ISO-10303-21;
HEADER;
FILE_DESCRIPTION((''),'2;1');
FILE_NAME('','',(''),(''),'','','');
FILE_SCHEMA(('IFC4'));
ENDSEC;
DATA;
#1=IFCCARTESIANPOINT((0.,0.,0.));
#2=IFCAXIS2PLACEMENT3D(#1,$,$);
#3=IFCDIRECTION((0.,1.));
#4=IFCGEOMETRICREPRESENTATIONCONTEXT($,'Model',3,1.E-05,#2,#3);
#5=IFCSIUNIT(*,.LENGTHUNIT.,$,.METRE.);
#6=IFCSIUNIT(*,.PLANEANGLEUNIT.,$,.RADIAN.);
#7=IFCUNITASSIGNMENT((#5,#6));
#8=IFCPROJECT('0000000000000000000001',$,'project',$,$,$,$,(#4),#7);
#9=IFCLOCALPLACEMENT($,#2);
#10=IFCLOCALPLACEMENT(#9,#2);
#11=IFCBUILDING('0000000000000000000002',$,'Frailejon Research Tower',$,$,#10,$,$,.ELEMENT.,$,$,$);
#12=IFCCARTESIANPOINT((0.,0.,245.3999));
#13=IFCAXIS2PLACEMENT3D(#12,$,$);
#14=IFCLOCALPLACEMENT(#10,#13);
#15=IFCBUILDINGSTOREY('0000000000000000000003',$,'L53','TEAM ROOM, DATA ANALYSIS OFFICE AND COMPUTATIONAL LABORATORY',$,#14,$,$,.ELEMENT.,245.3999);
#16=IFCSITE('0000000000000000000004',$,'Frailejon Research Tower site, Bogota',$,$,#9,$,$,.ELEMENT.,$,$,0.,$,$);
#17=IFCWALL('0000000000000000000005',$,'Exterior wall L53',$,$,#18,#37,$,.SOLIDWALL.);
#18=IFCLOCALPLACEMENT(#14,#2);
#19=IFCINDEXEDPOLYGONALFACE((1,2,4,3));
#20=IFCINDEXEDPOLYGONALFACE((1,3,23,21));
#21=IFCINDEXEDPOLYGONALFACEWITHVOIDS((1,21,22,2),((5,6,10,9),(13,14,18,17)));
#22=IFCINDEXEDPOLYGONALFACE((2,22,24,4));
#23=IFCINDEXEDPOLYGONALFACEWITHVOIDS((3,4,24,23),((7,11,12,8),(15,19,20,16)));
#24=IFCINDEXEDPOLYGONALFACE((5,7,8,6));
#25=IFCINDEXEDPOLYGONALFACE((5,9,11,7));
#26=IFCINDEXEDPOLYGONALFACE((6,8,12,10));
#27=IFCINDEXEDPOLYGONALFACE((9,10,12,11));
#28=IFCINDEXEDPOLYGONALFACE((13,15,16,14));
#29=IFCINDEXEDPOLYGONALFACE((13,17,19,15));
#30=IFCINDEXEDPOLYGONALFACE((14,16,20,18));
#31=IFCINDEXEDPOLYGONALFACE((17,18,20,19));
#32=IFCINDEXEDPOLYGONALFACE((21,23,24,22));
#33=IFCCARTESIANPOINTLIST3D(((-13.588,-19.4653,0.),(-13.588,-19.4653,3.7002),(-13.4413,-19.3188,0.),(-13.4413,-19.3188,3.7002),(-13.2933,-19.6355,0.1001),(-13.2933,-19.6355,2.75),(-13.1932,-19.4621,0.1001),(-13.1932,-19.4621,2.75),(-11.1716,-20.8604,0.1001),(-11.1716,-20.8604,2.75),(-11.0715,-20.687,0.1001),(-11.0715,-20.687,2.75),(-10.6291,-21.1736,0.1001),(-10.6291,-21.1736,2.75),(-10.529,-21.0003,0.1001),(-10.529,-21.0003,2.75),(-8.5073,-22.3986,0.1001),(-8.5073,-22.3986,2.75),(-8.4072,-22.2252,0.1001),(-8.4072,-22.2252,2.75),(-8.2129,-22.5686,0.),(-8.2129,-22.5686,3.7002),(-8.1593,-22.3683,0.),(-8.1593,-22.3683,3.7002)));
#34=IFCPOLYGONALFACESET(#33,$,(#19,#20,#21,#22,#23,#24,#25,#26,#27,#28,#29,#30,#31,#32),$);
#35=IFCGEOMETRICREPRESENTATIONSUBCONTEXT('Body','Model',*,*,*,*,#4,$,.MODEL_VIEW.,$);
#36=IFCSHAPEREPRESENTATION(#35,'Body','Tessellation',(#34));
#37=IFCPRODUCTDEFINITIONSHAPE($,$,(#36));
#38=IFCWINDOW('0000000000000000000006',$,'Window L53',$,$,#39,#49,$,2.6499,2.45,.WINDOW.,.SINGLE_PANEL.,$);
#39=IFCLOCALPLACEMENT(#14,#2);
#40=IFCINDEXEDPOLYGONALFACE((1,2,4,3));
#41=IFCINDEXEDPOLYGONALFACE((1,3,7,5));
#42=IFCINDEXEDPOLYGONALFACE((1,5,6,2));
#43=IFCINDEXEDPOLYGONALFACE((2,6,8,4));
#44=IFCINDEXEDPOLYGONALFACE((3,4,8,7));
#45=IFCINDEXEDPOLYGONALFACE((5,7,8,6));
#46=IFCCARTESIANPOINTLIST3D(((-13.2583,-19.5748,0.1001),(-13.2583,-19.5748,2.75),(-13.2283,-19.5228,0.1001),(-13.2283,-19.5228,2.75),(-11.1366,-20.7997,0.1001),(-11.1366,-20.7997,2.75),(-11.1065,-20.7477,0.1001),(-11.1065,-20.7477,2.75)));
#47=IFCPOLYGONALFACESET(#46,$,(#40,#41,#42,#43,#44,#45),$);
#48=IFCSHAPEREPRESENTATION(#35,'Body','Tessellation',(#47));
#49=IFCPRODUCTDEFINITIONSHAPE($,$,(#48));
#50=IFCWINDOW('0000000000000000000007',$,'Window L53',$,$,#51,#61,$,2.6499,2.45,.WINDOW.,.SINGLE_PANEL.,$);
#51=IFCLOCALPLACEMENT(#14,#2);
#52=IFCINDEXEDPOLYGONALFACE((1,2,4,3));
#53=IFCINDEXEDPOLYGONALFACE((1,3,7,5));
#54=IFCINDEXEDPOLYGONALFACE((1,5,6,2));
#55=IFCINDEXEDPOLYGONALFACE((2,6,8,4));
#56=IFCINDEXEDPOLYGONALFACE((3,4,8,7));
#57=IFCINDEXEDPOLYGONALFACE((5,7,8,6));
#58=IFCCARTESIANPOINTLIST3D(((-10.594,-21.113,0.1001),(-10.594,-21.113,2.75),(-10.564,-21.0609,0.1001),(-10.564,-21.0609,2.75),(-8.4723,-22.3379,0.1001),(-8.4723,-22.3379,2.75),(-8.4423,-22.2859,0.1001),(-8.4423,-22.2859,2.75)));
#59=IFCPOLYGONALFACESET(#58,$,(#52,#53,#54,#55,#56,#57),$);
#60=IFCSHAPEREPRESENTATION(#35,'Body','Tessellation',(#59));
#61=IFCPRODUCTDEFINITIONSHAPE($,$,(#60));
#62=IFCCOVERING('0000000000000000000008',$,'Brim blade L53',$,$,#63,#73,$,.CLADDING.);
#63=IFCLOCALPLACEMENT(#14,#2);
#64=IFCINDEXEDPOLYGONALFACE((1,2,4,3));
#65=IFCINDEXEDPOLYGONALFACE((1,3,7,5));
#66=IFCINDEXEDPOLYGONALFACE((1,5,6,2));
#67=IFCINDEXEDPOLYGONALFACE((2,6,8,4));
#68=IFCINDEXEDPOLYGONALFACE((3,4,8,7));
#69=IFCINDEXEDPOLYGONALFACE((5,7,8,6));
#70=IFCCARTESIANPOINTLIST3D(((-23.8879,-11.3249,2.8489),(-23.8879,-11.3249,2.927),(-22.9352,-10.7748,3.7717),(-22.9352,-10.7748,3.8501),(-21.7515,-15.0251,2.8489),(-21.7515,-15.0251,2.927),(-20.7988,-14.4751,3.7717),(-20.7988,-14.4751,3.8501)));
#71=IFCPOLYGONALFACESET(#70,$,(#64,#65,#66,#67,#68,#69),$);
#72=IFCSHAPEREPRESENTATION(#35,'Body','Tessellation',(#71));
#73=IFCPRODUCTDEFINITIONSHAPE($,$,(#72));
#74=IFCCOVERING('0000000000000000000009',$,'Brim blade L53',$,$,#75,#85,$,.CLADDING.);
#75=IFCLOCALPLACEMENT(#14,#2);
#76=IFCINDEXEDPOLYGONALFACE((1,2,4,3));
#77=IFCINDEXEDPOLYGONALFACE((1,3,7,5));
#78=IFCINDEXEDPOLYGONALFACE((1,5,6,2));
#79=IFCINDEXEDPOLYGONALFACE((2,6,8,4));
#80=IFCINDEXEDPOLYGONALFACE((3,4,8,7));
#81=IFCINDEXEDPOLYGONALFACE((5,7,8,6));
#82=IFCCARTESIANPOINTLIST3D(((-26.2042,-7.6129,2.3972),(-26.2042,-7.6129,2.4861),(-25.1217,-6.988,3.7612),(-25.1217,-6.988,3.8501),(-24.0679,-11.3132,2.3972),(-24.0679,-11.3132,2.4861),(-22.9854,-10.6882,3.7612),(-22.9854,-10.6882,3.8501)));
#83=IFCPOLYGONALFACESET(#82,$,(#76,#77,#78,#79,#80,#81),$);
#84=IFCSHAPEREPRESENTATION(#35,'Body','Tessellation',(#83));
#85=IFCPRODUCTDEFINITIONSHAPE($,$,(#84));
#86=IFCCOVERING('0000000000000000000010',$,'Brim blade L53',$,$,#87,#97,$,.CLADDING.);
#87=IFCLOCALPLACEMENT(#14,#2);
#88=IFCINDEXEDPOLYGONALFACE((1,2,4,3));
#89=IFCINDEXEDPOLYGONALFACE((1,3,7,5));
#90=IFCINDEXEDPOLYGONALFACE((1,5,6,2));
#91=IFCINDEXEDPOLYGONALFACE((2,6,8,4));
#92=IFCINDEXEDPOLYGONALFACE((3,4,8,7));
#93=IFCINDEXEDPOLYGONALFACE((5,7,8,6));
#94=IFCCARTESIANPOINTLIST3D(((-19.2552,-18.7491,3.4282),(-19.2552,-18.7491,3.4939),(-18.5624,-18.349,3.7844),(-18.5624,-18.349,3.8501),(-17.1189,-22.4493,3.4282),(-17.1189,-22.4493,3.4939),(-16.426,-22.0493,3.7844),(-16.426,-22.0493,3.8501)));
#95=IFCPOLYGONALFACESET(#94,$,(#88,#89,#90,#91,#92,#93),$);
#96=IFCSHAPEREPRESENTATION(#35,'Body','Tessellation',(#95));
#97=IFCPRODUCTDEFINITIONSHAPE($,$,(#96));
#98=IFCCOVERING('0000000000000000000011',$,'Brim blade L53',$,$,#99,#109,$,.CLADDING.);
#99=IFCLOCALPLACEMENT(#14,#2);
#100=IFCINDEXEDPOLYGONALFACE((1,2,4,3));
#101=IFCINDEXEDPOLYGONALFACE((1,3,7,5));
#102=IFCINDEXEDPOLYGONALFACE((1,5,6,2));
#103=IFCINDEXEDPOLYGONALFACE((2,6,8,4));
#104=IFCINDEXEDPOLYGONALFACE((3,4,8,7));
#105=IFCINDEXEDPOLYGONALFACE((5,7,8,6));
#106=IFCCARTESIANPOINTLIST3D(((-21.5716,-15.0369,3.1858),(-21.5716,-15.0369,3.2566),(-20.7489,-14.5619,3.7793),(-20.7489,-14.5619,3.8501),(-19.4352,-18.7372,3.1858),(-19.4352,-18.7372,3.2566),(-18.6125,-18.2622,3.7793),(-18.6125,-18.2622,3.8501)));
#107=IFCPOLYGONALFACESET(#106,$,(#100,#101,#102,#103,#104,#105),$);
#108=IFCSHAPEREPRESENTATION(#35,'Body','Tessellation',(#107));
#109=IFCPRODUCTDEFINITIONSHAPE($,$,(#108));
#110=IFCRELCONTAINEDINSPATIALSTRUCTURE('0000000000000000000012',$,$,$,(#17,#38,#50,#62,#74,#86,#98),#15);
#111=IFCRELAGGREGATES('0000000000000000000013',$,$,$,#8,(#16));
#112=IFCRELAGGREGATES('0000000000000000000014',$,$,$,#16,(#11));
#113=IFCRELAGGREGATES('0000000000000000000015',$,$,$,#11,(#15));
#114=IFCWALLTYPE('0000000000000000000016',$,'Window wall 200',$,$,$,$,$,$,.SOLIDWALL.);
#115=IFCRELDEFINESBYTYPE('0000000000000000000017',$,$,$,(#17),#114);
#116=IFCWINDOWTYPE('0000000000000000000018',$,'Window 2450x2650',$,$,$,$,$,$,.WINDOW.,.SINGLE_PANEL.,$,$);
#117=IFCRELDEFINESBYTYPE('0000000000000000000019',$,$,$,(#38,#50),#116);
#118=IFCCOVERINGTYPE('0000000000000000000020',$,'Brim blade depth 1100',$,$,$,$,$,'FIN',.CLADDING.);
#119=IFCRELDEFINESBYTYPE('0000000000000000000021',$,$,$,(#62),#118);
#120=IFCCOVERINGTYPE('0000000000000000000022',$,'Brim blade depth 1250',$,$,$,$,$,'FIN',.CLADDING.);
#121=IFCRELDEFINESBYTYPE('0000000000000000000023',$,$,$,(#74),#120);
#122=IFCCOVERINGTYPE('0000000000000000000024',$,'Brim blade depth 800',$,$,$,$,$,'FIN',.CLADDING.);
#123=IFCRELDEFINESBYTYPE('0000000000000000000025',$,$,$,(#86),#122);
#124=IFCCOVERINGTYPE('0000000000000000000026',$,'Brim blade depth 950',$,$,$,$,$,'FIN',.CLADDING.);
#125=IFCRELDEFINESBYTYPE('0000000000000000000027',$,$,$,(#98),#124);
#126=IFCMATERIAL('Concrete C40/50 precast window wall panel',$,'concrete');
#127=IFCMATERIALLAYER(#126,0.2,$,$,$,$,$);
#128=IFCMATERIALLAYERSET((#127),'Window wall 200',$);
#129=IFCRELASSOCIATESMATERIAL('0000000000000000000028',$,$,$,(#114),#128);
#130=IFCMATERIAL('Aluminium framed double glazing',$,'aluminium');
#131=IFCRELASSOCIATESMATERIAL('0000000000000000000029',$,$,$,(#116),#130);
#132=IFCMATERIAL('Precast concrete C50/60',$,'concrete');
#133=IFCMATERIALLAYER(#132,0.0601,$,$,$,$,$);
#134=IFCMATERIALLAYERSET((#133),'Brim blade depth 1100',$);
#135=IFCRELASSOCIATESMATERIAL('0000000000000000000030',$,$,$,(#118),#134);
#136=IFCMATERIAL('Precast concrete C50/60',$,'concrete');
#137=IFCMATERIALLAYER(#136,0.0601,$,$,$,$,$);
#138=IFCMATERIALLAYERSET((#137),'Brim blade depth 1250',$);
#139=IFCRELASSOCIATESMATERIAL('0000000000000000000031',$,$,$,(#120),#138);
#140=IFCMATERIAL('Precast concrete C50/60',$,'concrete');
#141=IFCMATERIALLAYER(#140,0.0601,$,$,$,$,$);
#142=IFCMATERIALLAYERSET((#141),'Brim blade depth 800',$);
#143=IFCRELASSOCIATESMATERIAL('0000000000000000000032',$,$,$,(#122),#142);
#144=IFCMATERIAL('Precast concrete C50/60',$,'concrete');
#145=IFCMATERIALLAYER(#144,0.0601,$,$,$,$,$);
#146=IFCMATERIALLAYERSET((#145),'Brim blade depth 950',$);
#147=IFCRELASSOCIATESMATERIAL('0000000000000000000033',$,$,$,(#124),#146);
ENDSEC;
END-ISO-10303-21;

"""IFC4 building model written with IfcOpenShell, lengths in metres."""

from ifc_helpers import new_model, si_unit, direction, frame, frame_2d, origin, place, context, subcontext, project, spatial, polyline, rectangle, outline, extrude, material, layer, layer_set, type_object, element, fill, save


model = new_model("IFC4")

# Units and contexts
model_context = context("Model", 3, precision=1e-05, world=origin(), true_north=direction((0.0, 1.0)))
body_context = subcontext(model_context, "Body", "Model", "MODEL_VIEW")
ifc_project = project(units=[si_unit("LENGTHUNIT", "METRE"), si_unit("PLANEANGLEUNIT", "RADIAN")], contexts=[model_context])

# Site, building, storey
site_placement = place(None, origin())
site = spatial("IfcSite", under=ifc_project, at=site_placement, Name="Frailejon Research Tower site, Bogota", CompositionType="ELEMENT", RefElevation=0.0)
building_placement = place(site_placement, origin())
building = spatial("IfcBuilding", under=site, at=building_placement, Name="Frailejon Research Tower", CompositionType="ELEMENT")
storey_placement = place(building_placement, frame((0.0, 0.0, 245.3999)))
storey = spatial("IfcBuildingStorey", under=building, at=storey_placement, Name="L53", Description="TEAM ROOM, DATA ANALYSIS OFFICE AND COMPUTATIONAL LABORATORY", CompositionType="ELEMENT", Elevation=245.3999)

# Wall, openings, windows
ifc_material_1 = material(Name="Concrete C40/50 precast window wall panel", Category="concrete")
ifc_layer_1 = layer(ifc_material_1, 0.2)
ifc_layer_set_1 = layer_set([ifc_layer_1], Name="Window wall 200")
wall_type_1 = type_object("IfcWallType", Name="Window wall 200", PredefinedType="SOLIDWALL", material=ifc_layer_set_1)
wall_1_placement = place(storey_placement, frame((-13.5146, -19.3921, 0.0), z_axis=(0.0, 0.0, 1.0), x_axis=(0.86603, -0.499993, 0.0)))
wall_1 = element("IfcWall", 1, at=wall_1_placement, inside=storey, type_object=wall_type_1, Name="Exterior wall L53", PredefinedType="SOLIDWALL", context=body_context, shape_type="SweptSolid", body=[
    extrude(outline(polyline([(-0.0269, -0.1001), (1.0076, -0.1001), (2.042, -0.1001), (3.0764, -0.1001), (4.1108, -0.1001), (5.1453, -0.1001), (6.1797, -0.1001), (6.126, 0.1001), (5.1094, 0.1001), (4.093, 0.1001), (3.0764, 0.1001), (2.0598, 0.1001), (1.0435, 0.1001), (0.0269, 0.1001), (-0.0269, -0.1001)])), origin(), (0.0, 0.0, 1.0), 3.7002),
])
opening_1_placement = place(wall_1_placement, frame((0.3132, 0.0, 0.1001)))
opening_1 = element("IfcOpeningElement", 2, at=opening_1_placement, cuts=wall_1, PredefinedType="OPENING", context=body_context, shape_type="SweptSolid", body=[
    extrude(rectangle(XDim=2.45, YDim=2.6499, at=frame_2d((1.2251, 1.325))), frame((0.0, 0.1099, 0.0), z_axis=(0.0, -1.0, 0.0), x_axis=(1.0, 0.0, 0.0)), (0.0, 0.0, 1.0), 0.22),
])
opening_2_placement = place(wall_1_placement, frame((3.3896, 0.0, 0.1001)))
opening_2 = element("IfcOpeningElement", 3, at=opening_2_placement, cuts=wall_1, PredefinedType="OPENING", context=body_context, shape_type="SweptSolid", body=[
    extrude(rectangle(XDim=2.45, YDim=2.6499, at=frame_2d((1.2251, 1.325))), frame((0.0, 0.1099, 0.0), z_axis=(0.0, -1.0, 0.0), x_axis=(1.0, 0.0, 0.0)), (0.0, 0.0, 1.0), 0.22),
])
ifc_material_2 = material(Name="Aluminium framed double glazing", Category="aluminium")
window_type = type_object("IfcWindowType", Name="Window 2450x2650", PartitioningType="SINGLE_PANEL", PredefinedType="WINDOW", material=ifc_material_2)
window_1_placement = place(opening_1_placement, origin())
window_1 = element("IfcWindow", 4, at=window_1_placement, inside=storey, type_object=window_type, Name="Window L53", OverallHeight=2.6499, OverallWidth=2.45, PartitioningType="SINGLE_PANEL", PredefinedType="WINDOW", context=body_context, shape_type="SweptSolid", body=[
    extrude(rectangle(XDim=2.45, YDim=2.6499, at=frame_2d((1.2251, 1.325))), frame((0.0, 0.03, 0.0), z_axis=(0.0, -1.0, 0.0), x_axis=(1.0, 0.0, 0.0)), (0.0, 0.0, 1.0), 0.0601),
])
fill(opening_1, window_1)
window_2_placement = place(opening_2_placement, origin())
window_2 = element("IfcWindow", 5, at=window_2_placement, inside=storey, type_object=window_type, Name="Window L53", OverallHeight=2.6499, OverallWidth=2.45, PartitioningType="SINGLE_PANEL", PredefinedType="WINDOW", context=body_context, shape_type="SweptSolid", body=[
    extrude(rectangle(XDim=2.45, YDim=2.6499, at=frame_2d((1.2251, 1.325))), frame((0.0, 0.03, 0.0), z_axis=(0.0, -1.0, 0.0), x_axis=(1.0, 0.0, 0.0)), (0.0, 0.0, 1.0), 0.0601),
])
fill(opening_2, window_2)

# Coverings
ifc_material_3 = material(Name="Precast concrete C50/60", Category="concrete")
ifc_layer_2 = layer(ifc_material_3, 0.0601)
ifc_layer_set_2 = layer_set([ifc_layer_2], Name="Brim blade depth 1100")
covering_type_1 = type_object("IfcCoveringType", Name="Brim blade depth 1100", ElementType="FIN", PredefinedType="CLADDING", material=ifc_layer_set_2)
covering_1_placement = place(storey_placement, frame((-20.7988, -14.4751, 3.8501), z_axis=(-0.499996, 0.866028, 0.0), x_axis=(-0.866028, -0.499996, 0.0)))
element("IfcCovering", 6, at=covering_1_placement, inside=storey, type_object=covering_type_1, Name="Brim blade L53", PredefinedType="CLADDING", context=body_context, shape_type="SweptSolid", body=[
    extrude(outline(polyline([(0.0, -0.0784), (1.1001, -1.0012), (1.1001, -0.9231), (0.0, 0.0), (0.0, -0.0784)])), origin(), (0.0, 0.0, 1.0), 4.2727),
])
ifc_material_4 = material(Name="Precast concrete C50/60", Category="concrete")
ifc_layer_3 = layer(ifc_material_4, 0.0601)
ifc_layer_set_3 = layer_set([ifc_layer_3], Name="Brim blade depth 1250")
covering_type_2 = type_object("IfcCoveringType", Name="Brim blade depth 1250", ElementType="FIN", PredefinedType="CLADDING", material=ifc_layer_set_3)
covering_2_placement = place(storey_placement, frame((-22.9854, -10.6882, 3.8501), z_axis=(-0.499996, 0.866028, 0.0), x_axis=(-0.866028, -0.499996, 0.0)))
element("IfcCovering", 7, at=covering_2_placement, inside=storey, type_object=covering_type_2, Name="Brim blade L53", PredefinedType="CLADDING", context=body_context, shape_type="SweptSolid", body=[
    extrude(outline(polyline([(0.0, -0.0889), (1.25, -1.4529), (1.25, -1.364), (0.0, 0.0), (0.0, -0.0889)])), origin(), (0.0, 0.0, 1.0), 4.2727),
])
ifc_material_5 = material(Name="Precast concrete C50/60", Category="concrete")
ifc_layer_4 = layer(ifc_material_5, 0.0601)
ifc_layer_set_4 = layer_set([ifc_layer_4], Name="Brim blade depth 800")
covering_type_3 = type_object("IfcCoveringType", Name="Brim blade depth 800", ElementType="FIN", PredefinedType="CLADDING", material=ifc_layer_set_4)
covering_3_placement = place(storey_placement, frame((-16.426, -22.0493, 3.8501), z_axis=(-0.499996, 0.866028, 0.0), x_axis=(-0.866028, -0.499996, 0.0)))
element("IfcCovering", 8, at=covering_3_placement, inside=storey, type_object=covering_type_3, Name="Brim blade L53", PredefinedType="CLADDING", context=body_context, shape_type="SweptSolid", body=[
    extrude(outline(polyline([(0.0, -0.0657), (0.8, -0.4219), (0.8, -0.3562), (0.0, 0.0), (0.0, -0.0657)])), origin(), (0.0, 0.0, 1.0), 4.2727),
])
ifc_material_6 = material(Name="Precast concrete C50/60", Category="concrete")
ifc_layer_5 = layer(ifc_material_6, 0.0601)
ifc_layer_set_5 = layer_set([ifc_layer_5], Name="Brim blade depth 950")
covering_type_4 = type_object("IfcCoveringType", Name="Brim blade depth 950", ElementType="FIN", PredefinedType="CLADDING", material=ifc_layer_set_5)
covering_4_placement = place(storey_placement, frame((-18.6125, -18.2622, 3.8501), z_axis=(-0.499996, 0.866028, 0.0), x_axis=(-0.866028, -0.499996, 0.0)))
element("IfcCovering", 9, at=covering_4_placement, inside=storey, type_object=covering_type_4, Name="Brim blade L53", PredefinedType="CLADDING", context=body_context, shape_type="SweptSolid", body=[
    extrude(outline(polyline([(0.0, -0.0708), (0.95, -0.6643), (0.95, -0.5935), (0.0, 0.0), (0.0, -0.0708)])), origin(), (0.0, 0.0, 1.0), 4.2727),
])

save(model, "model.ifc")
